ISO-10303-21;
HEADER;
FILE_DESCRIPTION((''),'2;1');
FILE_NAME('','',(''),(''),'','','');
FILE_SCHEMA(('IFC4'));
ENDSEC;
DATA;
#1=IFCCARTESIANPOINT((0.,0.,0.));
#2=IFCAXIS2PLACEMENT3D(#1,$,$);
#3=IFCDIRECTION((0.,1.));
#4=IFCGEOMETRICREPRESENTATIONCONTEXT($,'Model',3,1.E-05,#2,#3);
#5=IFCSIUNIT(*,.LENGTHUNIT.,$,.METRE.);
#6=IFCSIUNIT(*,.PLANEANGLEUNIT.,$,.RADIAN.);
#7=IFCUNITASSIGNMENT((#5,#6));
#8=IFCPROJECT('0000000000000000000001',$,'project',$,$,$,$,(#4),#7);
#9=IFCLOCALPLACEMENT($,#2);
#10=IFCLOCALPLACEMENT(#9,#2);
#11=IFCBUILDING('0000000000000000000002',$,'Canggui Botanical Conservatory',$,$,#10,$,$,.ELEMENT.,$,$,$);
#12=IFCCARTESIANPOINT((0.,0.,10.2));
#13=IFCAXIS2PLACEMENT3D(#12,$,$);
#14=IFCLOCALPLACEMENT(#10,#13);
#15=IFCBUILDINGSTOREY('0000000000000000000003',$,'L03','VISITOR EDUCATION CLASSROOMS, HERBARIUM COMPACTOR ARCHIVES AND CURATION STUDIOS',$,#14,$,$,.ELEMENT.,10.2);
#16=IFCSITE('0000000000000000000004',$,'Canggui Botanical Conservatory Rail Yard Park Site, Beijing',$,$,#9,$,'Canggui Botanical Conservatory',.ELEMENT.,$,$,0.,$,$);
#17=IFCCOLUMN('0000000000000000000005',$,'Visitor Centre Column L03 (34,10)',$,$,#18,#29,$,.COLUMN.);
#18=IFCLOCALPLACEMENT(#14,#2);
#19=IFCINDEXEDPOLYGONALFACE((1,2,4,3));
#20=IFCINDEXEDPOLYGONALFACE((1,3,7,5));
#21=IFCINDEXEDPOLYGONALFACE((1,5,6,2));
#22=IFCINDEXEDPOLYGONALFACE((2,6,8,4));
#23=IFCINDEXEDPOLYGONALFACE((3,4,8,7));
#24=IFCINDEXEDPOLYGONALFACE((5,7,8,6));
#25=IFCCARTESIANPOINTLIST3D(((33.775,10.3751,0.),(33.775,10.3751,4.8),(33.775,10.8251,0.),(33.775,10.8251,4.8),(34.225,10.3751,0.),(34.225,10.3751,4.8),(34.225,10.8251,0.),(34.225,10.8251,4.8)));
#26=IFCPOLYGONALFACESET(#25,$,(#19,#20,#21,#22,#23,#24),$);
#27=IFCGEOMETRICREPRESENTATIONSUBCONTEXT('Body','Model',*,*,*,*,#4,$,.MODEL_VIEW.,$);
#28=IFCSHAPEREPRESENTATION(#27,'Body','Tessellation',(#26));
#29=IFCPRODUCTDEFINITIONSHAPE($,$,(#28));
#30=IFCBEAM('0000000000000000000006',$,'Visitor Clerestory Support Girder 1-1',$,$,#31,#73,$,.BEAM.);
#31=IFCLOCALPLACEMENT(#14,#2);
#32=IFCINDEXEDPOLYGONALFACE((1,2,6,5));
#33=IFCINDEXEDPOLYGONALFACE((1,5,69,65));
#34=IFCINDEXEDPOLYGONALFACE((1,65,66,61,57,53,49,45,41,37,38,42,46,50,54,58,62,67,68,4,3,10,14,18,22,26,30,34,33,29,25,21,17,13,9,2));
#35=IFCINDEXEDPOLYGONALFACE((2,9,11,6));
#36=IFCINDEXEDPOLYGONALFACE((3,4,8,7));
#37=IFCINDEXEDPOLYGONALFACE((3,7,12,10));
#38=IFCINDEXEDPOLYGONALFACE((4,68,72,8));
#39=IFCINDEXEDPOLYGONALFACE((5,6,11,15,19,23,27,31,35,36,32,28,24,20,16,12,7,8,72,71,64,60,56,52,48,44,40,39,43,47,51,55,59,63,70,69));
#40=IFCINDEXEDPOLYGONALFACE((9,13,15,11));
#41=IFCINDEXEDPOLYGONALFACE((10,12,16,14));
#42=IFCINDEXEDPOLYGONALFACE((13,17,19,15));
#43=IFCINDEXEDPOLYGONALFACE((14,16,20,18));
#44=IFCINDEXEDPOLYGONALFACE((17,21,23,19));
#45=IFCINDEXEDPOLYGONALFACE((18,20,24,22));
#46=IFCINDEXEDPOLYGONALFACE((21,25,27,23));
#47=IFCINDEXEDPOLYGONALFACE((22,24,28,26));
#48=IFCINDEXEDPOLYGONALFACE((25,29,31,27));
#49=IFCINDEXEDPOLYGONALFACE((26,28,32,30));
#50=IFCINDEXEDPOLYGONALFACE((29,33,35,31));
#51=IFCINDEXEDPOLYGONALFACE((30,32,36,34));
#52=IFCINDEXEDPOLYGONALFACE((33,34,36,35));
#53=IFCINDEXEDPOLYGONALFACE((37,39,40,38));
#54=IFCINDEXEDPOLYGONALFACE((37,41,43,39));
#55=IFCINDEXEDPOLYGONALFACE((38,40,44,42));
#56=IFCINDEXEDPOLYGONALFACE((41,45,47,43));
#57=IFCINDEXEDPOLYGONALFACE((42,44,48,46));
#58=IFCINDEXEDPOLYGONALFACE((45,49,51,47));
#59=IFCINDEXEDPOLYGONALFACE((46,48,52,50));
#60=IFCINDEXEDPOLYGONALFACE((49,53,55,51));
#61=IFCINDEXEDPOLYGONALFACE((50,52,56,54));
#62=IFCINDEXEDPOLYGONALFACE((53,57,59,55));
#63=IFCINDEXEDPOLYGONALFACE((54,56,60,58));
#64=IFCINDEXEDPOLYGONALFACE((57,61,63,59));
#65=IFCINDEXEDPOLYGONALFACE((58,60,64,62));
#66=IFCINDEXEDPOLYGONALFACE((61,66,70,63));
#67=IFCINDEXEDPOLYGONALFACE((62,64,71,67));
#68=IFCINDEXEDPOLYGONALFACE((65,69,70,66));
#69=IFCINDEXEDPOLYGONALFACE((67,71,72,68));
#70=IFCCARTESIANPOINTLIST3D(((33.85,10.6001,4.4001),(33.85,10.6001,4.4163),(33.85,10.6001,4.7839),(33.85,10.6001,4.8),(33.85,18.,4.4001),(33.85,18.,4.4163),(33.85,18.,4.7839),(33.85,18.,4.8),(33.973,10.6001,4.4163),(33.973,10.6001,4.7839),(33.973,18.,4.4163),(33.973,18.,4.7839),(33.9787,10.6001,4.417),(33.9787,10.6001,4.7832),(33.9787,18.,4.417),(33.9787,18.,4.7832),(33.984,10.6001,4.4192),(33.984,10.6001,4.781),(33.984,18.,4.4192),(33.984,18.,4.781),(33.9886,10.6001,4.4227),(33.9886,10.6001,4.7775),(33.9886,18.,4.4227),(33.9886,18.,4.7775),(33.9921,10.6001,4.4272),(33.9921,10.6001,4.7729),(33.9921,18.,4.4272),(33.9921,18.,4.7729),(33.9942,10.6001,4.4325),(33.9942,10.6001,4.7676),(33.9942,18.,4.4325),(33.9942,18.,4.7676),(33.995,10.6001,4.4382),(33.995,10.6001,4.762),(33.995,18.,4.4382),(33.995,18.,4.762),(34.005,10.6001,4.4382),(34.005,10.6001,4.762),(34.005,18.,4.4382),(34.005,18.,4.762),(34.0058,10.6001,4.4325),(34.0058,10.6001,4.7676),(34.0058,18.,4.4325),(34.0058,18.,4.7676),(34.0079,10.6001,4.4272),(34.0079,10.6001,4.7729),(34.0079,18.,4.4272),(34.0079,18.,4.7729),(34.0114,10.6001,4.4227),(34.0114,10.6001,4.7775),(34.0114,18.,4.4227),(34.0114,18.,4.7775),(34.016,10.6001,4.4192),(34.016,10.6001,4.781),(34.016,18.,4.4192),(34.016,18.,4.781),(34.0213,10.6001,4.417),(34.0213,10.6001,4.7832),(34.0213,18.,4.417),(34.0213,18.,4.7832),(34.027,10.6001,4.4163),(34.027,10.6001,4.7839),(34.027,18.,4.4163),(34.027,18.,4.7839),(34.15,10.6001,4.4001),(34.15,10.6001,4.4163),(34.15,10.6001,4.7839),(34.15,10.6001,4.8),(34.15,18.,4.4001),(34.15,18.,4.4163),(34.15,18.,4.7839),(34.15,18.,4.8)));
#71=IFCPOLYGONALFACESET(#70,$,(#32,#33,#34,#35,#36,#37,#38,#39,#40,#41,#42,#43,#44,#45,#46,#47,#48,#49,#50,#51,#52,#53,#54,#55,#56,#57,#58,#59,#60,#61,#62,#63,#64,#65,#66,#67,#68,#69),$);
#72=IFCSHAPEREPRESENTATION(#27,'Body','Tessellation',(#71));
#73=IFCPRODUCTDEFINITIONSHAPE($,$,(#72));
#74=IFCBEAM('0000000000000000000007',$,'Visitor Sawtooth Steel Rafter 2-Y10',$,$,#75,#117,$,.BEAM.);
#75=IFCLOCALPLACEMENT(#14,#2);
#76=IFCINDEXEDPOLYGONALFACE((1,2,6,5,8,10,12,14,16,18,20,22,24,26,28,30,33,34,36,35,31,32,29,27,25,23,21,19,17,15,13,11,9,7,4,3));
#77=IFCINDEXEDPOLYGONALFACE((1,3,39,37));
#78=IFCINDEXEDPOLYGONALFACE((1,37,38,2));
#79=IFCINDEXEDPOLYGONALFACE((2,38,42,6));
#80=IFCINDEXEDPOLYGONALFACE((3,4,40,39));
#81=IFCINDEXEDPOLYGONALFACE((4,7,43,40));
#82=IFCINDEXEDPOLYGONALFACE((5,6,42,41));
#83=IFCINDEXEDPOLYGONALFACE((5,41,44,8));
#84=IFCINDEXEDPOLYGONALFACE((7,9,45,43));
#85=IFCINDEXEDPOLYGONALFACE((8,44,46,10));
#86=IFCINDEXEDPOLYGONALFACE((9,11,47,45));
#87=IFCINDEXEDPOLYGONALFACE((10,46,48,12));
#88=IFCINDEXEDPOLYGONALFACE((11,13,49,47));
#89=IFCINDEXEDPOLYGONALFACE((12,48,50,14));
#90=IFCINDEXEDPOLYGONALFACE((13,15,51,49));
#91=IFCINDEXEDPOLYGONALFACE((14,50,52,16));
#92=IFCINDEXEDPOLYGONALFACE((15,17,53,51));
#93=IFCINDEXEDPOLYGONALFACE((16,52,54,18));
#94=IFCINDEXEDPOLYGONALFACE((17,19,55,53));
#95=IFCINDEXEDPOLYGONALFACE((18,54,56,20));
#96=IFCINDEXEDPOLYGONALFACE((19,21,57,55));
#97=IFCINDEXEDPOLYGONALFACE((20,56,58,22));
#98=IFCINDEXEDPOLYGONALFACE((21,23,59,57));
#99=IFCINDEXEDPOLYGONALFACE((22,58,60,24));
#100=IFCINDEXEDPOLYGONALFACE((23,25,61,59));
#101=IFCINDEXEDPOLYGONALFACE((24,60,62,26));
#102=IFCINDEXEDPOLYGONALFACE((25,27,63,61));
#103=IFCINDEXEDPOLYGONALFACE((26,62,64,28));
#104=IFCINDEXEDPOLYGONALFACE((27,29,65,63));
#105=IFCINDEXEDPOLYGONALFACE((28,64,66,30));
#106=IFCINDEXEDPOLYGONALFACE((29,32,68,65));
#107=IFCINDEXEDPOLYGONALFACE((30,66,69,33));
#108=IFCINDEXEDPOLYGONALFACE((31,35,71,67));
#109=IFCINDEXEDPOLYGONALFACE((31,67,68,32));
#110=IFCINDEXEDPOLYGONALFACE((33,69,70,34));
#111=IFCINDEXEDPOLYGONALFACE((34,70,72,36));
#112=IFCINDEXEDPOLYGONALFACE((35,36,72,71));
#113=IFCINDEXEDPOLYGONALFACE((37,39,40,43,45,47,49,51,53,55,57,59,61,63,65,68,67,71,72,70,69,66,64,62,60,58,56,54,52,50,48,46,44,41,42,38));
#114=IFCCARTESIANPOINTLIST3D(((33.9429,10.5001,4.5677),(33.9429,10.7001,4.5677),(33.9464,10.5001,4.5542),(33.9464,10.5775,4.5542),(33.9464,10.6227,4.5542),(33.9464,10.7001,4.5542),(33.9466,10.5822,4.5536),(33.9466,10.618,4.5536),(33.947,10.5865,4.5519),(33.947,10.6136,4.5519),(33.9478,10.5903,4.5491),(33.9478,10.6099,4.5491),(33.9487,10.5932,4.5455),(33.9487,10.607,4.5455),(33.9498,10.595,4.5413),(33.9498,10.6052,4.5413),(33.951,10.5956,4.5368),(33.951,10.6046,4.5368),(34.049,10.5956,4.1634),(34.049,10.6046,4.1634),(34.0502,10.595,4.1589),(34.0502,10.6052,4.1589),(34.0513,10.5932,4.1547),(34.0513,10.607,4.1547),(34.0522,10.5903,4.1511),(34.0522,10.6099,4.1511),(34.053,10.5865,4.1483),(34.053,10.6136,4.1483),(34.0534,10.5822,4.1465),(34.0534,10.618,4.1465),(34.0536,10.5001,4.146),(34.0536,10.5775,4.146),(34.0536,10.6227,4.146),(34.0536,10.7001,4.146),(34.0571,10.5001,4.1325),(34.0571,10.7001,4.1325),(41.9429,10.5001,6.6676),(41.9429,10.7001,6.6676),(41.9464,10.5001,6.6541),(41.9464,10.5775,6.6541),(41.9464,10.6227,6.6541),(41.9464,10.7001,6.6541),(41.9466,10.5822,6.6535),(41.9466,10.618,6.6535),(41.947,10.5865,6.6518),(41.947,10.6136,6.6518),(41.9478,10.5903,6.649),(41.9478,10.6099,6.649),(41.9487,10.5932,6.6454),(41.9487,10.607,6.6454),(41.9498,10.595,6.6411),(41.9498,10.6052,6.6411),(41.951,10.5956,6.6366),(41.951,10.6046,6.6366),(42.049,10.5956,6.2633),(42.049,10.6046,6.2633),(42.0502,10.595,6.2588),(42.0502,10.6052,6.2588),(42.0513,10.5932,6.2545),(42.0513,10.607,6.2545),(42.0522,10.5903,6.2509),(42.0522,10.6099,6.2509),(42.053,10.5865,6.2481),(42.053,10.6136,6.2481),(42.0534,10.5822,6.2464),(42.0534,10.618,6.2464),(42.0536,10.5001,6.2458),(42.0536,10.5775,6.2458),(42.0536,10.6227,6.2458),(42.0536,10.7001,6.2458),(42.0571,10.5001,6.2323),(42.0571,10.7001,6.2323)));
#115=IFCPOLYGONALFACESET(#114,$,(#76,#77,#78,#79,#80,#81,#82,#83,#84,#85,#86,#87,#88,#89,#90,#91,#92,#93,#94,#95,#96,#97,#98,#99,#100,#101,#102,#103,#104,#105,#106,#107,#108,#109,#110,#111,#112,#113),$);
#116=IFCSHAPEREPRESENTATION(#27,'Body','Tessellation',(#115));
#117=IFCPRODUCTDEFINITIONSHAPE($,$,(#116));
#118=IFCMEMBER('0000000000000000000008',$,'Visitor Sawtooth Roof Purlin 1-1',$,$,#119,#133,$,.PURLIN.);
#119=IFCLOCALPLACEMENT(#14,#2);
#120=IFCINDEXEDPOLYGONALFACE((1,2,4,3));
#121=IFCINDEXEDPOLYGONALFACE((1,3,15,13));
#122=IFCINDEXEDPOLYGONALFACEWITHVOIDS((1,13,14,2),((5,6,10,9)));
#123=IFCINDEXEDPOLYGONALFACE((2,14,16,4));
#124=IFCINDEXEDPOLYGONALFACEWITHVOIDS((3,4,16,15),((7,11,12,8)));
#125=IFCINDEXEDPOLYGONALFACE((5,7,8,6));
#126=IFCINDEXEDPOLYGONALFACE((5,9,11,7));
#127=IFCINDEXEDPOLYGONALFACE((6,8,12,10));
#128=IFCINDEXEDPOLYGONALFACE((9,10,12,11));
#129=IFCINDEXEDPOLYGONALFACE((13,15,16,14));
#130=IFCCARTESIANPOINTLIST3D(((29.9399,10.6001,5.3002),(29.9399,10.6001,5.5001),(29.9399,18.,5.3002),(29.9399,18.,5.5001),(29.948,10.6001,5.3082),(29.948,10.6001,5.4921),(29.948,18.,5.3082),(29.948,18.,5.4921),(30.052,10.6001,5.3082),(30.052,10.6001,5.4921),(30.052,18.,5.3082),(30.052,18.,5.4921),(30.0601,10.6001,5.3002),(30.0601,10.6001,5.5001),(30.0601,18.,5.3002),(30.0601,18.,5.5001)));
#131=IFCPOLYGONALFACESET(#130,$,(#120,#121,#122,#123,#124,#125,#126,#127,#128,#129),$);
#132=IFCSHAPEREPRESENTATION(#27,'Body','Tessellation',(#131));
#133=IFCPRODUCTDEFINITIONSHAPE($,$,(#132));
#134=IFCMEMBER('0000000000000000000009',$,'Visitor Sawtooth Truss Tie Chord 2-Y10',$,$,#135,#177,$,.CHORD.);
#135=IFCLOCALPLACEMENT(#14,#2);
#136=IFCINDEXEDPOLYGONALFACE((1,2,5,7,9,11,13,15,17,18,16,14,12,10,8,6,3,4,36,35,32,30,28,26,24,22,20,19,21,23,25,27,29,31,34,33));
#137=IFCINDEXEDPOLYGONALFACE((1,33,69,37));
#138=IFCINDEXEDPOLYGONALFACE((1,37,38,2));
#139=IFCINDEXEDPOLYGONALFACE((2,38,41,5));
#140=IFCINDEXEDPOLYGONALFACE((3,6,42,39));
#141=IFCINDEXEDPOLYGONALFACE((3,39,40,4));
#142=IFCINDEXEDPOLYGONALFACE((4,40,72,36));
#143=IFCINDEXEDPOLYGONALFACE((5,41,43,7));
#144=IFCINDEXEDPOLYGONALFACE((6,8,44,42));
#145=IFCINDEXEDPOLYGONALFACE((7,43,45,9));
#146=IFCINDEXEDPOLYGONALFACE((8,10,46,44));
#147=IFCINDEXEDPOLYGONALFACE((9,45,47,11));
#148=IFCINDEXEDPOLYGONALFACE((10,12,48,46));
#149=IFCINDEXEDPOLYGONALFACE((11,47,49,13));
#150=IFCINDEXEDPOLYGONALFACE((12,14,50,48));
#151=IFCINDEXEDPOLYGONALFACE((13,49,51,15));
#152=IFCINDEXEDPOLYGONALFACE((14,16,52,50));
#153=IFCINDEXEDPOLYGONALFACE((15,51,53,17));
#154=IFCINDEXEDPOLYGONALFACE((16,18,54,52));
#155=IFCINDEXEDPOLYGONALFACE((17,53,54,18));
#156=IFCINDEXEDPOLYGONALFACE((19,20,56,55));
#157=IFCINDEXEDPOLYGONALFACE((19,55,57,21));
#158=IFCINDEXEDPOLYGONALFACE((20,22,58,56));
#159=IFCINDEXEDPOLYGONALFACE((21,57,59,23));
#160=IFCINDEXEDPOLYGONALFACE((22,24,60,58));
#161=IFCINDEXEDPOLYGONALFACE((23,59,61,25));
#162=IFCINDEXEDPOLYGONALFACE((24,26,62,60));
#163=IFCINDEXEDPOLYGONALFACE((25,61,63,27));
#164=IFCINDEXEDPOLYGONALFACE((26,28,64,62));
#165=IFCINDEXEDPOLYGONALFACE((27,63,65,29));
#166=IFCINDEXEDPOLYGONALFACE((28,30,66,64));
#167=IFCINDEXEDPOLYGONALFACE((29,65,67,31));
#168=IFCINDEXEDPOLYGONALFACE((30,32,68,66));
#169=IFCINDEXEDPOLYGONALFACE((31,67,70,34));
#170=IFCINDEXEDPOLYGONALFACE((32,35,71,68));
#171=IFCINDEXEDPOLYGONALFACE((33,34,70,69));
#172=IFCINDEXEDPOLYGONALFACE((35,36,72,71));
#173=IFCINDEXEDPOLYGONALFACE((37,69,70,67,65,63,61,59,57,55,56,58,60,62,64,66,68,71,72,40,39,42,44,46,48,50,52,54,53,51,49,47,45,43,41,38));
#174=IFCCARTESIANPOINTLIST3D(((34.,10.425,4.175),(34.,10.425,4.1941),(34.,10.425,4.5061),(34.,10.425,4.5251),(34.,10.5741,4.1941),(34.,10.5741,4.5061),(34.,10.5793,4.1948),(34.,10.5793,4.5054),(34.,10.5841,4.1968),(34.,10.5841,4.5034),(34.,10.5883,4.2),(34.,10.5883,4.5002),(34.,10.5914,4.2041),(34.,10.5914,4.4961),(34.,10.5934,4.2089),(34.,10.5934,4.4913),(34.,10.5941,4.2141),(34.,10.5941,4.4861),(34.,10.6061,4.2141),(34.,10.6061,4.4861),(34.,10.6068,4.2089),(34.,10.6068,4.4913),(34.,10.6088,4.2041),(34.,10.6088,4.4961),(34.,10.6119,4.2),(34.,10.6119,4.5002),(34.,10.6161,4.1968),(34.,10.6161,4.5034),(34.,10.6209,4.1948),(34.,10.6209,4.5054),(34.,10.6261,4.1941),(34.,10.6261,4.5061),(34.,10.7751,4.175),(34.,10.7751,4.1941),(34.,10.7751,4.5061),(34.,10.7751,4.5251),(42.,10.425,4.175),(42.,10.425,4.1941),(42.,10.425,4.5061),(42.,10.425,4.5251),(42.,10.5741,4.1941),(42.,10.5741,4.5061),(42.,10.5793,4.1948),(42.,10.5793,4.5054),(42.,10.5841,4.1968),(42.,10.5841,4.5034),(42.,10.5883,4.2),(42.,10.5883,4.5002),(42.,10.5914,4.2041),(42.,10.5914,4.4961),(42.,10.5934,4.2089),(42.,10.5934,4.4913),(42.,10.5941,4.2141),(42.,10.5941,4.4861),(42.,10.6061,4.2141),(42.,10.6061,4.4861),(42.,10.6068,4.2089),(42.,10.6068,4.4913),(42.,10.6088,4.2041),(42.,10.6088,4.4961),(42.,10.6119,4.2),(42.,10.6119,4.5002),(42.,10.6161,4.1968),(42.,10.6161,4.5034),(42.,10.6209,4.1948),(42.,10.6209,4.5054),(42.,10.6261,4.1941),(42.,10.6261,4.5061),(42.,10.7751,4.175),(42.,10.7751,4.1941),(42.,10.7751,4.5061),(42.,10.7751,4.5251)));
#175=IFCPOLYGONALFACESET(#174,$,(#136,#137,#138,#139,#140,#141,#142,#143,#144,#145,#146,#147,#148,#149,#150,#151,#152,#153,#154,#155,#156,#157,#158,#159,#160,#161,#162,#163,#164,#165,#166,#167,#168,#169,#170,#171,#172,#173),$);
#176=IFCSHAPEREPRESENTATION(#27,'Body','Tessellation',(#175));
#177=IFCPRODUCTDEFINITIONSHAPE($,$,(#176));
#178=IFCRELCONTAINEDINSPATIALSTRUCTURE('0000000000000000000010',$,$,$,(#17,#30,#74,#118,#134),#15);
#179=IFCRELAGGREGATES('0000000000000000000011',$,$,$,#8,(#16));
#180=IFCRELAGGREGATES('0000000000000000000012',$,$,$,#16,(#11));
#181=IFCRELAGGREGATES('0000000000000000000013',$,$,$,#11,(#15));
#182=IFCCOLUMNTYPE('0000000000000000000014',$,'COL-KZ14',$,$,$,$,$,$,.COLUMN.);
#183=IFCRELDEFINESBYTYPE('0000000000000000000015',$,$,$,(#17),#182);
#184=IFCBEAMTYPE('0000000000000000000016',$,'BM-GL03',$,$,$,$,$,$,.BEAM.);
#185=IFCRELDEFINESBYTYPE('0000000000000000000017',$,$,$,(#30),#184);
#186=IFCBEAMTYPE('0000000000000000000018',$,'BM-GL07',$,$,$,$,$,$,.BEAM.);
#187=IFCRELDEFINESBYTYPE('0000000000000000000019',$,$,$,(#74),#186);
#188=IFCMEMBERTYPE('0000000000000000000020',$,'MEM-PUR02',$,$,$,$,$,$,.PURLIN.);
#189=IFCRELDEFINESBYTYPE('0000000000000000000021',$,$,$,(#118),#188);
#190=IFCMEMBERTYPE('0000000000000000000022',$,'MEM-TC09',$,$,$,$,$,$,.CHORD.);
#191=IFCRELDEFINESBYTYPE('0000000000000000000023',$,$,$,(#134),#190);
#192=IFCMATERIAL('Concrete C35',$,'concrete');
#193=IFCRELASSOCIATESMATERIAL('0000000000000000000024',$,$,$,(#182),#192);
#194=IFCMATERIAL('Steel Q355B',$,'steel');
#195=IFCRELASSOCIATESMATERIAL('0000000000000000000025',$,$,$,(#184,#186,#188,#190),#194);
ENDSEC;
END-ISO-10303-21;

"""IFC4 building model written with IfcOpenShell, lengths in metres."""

from ifc_helpers import new_model, si_unit, direction, frame, origin, origin_2d, place, context, subcontext, project, spatial, rectangle, hollow_rectangle, i_section, extrude, material, material_profile, profile_set, type_object, element, save


model = new_model("IFC4")

# Units and contexts
model_context = context("Model", 3, precision=1e-05, world=origin(), true_north=direction((0.0, 1.0)))
body_context = subcontext(model_context, "Body", "Model", "MODEL_VIEW")
ifc_project = project(units=[si_unit("LENGTHUNIT", "METRE"), si_unit("PLANEANGLEUNIT", "RADIAN")], contexts=[model_context])

# Site, building, storey
site_placement = place(None, origin())
site = spatial("IfcSite", under=ifc_project, at=site_placement, Name="Canggui Botanical Conservatory Rail Yard Park Site, Beijing", LongName="Canggui Botanical Conservatory", CompositionType="ELEMENT", RefElevation=0.0)
building_placement = place(site_placement, origin())
building = spatial("IfcBuilding", under=site, at=building_placement, Name="Canggui Botanical Conservatory", CompositionType="ELEMENT")
storey_placement = place(building_placement, frame((0.0, 0.0, 10.2)))
storey = spatial("IfcBuildingStorey", under=building, at=storey_placement, Name="L03", Description="VISITOR EDUCATION CLASSROOMS, HERBARIUM COMPACTOR ARCHIVES AND CURATION STUDIOS", CompositionType="ELEMENT", Elevation=10.2)

# Column
ifc_material_1 = material(Name="Concrete C35", Category="concrete")
ifc_material_profile_1 = material_profile(ifc_material_1, rectangle(XDim=0.45, YDim=0.45, at=origin_2d()), Name="RC 450x450")
ifc_profile_set_1 = profile_set([ifc_material_profile_1], Name="Concrete C35")
column_type = type_object("IfcColumnType", Name="COL-KZ14", PredefinedType="COLUMN", material=ifc_profile_set_1)
column_placement = place(storey_placement, frame((34.0, 10.6001, 0.0), z_axis=(0.0, 0.0, 1.0), x_axis=(1.0, 0.0, 0.0)))
element("IfcColumn", 1, at=column_placement, inside=storey, type_object=column_type, Name="Visitor Centre Column L03 (34,10)", PredefinedType="COLUMN", context=body_context, shape_type="SweptSolid", body=[
    extrude(rectangle(XDim=0.45, YDim=0.45, at=origin_2d()), origin(), (0.0, 0.0, 1.0), 4.8),
])

# Beams
ifc_material_2 = material(Name="Steel Q355B", Category="steel")
ifc_material_profile_2 = material_profile(ifc_material_2, i_section(OverallWidth=0.3, OverallDepth=0.3999, WebThickness=0.01, FlangeThickness=0.0161, FilletRadius=0.022, at=origin_2d()), Name="HM 400x300x10x16")
ifc_profile_set_2 = profile_set([ifc_material_profile_2], Name="Steel Q355B")
beam_type_1 = type_object("IfcBeamType", Name="BM-GL03", PredefinedType="BEAM", material=ifc_profile_set_2)
beam_1_placement = place(storey_placement, frame((34.0, 10.6001, 4.6001), z_axis=(0.0, 1.0, 0.0), x_axis=(-1.0, 0.0, 0.0)))
element("IfcBeam", 2, at=beam_1_placement, inside=storey, type_object=beam_type_1, Name="Visitor Clerestory Support Girder 1-1", PredefinedType="BEAM", context=body_context, shape_type="SweptSolid", body=[
    extrude(i_section(OverallWidth=0.3, OverallDepth=0.3999, WebThickness=0.01, FlangeThickness=0.0161, FilletRadius=0.022, at=origin_2d()), origin(), (0.0, 0.0, 1.0), 7.3999),
])
ifc_material_profile_3 = material_profile(ifc_material_2, i_section(OverallWidth=0.2, OverallDepth=0.45, WebThickness=0.009, FlangeThickness=0.0139, FilletRadius=0.0181, at=origin_2d()), Name="HN 450x200x9x14")
ifc_profile_set_3 = profile_set([ifc_material_profile_3], Name="Steel Q355B")
beam_type_2 = type_object("IfcBeamType", Name="BM-GL07", PredefinedType="BEAM", material=ifc_profile_set_3)
beam_2_placement = place(storey_placement, frame((34.0, 10.6001, 4.3501), z_axis=(0.967235, 0.0, 0.253882), x_axis=(0.0, 1.0, 0.0)))
element("IfcBeam", 3, at=beam_2_placement, inside=storey, type_object=beam_type_2, Name="Visitor Sawtooth Steel Rafter 2-Y10", PredefinedType="BEAM", context=body_context, shape_type="SweptSolid", body=[
    extrude(i_section(OverallWidth=0.2, OverallDepth=0.45, WebThickness=0.009, FlangeThickness=0.0139, FilletRadius=0.0181, at=origin_2d()), origin(), (0.0, 0.0, 1.0), 8.271),
])

# Members
ifc_material_profile_4 = material_profile(ifc_material_2, hollow_rectangle(XDim=0.1201, YDim=0.2, WallThickness=0.0081, at=origin_2d()), Name="RHS 120x200x8")
ifc_profile_set_4 = profile_set([ifc_material_profile_4], Name="Steel Q355B")
member_type_1 = type_object("IfcMemberType", Name="MEM-PUR02", PredefinedType="PURLIN", material=ifc_profile_set_4)
member_1_placement = place(storey_placement, frame((30.0, 10.6001, 5.4001), z_axis=(0.0, 1.0, 0.0), x_axis=(-1.0, 0.0, 0.0)))
element("IfcMember", 4, at=member_1_placement, inside=storey, type_object=member_type_1, Name="Visitor Sawtooth Roof Purlin 1-1", PredefinedType="PURLIN", context=body_context, shape_type="SweptSolid", body=[
    extrude(hollow_rectangle(XDim=0.1201, YDim=0.2, WallThickness=0.0081, at=origin_2d()), origin(), (0.0, 0.0, 1.0), 7.3999),
])
ifc_material_profile_5 = material_profile(ifc_material_2, i_section(OverallWidth=0.3501, OverallDepth=0.3501, WebThickness=0.012, FlangeThickness=0.019, FilletRadius=0.02, at=origin_2d()), Name="HW 350x350x12x19")
ifc_profile_set_5 = profile_set([ifc_material_profile_5], Name="Steel Q355B")
member_type_2 = type_object("IfcMemberType", Name="MEM-TC09", PredefinedType="CHORD", material=ifc_profile_set_5)
member_2_placement = place(storey_placement, frame((34.0, 10.6001, 4.3501), z_axis=(1.0, 0.0, 0.0), x_axis=(0.0, 1.0, 0.0)))
element("IfcMember", 5, at=member_2_placement, inside=storey, type_object=member_type_2, Name="Visitor Sawtooth Truss Tie Chord 2-Y10", PredefinedType="CHORD", context=body_context, shape_type="SweptSolid", body=[
    extrude(i_section(OverallWidth=0.3501, OverallDepth=0.3501, WebThickness=0.012, FlangeThickness=0.019, FilletRadius=0.02, at=origin_2d()), origin(), (0.0, 0.0, 1.0), 8.0),
])

save(model, "model.ifc")
